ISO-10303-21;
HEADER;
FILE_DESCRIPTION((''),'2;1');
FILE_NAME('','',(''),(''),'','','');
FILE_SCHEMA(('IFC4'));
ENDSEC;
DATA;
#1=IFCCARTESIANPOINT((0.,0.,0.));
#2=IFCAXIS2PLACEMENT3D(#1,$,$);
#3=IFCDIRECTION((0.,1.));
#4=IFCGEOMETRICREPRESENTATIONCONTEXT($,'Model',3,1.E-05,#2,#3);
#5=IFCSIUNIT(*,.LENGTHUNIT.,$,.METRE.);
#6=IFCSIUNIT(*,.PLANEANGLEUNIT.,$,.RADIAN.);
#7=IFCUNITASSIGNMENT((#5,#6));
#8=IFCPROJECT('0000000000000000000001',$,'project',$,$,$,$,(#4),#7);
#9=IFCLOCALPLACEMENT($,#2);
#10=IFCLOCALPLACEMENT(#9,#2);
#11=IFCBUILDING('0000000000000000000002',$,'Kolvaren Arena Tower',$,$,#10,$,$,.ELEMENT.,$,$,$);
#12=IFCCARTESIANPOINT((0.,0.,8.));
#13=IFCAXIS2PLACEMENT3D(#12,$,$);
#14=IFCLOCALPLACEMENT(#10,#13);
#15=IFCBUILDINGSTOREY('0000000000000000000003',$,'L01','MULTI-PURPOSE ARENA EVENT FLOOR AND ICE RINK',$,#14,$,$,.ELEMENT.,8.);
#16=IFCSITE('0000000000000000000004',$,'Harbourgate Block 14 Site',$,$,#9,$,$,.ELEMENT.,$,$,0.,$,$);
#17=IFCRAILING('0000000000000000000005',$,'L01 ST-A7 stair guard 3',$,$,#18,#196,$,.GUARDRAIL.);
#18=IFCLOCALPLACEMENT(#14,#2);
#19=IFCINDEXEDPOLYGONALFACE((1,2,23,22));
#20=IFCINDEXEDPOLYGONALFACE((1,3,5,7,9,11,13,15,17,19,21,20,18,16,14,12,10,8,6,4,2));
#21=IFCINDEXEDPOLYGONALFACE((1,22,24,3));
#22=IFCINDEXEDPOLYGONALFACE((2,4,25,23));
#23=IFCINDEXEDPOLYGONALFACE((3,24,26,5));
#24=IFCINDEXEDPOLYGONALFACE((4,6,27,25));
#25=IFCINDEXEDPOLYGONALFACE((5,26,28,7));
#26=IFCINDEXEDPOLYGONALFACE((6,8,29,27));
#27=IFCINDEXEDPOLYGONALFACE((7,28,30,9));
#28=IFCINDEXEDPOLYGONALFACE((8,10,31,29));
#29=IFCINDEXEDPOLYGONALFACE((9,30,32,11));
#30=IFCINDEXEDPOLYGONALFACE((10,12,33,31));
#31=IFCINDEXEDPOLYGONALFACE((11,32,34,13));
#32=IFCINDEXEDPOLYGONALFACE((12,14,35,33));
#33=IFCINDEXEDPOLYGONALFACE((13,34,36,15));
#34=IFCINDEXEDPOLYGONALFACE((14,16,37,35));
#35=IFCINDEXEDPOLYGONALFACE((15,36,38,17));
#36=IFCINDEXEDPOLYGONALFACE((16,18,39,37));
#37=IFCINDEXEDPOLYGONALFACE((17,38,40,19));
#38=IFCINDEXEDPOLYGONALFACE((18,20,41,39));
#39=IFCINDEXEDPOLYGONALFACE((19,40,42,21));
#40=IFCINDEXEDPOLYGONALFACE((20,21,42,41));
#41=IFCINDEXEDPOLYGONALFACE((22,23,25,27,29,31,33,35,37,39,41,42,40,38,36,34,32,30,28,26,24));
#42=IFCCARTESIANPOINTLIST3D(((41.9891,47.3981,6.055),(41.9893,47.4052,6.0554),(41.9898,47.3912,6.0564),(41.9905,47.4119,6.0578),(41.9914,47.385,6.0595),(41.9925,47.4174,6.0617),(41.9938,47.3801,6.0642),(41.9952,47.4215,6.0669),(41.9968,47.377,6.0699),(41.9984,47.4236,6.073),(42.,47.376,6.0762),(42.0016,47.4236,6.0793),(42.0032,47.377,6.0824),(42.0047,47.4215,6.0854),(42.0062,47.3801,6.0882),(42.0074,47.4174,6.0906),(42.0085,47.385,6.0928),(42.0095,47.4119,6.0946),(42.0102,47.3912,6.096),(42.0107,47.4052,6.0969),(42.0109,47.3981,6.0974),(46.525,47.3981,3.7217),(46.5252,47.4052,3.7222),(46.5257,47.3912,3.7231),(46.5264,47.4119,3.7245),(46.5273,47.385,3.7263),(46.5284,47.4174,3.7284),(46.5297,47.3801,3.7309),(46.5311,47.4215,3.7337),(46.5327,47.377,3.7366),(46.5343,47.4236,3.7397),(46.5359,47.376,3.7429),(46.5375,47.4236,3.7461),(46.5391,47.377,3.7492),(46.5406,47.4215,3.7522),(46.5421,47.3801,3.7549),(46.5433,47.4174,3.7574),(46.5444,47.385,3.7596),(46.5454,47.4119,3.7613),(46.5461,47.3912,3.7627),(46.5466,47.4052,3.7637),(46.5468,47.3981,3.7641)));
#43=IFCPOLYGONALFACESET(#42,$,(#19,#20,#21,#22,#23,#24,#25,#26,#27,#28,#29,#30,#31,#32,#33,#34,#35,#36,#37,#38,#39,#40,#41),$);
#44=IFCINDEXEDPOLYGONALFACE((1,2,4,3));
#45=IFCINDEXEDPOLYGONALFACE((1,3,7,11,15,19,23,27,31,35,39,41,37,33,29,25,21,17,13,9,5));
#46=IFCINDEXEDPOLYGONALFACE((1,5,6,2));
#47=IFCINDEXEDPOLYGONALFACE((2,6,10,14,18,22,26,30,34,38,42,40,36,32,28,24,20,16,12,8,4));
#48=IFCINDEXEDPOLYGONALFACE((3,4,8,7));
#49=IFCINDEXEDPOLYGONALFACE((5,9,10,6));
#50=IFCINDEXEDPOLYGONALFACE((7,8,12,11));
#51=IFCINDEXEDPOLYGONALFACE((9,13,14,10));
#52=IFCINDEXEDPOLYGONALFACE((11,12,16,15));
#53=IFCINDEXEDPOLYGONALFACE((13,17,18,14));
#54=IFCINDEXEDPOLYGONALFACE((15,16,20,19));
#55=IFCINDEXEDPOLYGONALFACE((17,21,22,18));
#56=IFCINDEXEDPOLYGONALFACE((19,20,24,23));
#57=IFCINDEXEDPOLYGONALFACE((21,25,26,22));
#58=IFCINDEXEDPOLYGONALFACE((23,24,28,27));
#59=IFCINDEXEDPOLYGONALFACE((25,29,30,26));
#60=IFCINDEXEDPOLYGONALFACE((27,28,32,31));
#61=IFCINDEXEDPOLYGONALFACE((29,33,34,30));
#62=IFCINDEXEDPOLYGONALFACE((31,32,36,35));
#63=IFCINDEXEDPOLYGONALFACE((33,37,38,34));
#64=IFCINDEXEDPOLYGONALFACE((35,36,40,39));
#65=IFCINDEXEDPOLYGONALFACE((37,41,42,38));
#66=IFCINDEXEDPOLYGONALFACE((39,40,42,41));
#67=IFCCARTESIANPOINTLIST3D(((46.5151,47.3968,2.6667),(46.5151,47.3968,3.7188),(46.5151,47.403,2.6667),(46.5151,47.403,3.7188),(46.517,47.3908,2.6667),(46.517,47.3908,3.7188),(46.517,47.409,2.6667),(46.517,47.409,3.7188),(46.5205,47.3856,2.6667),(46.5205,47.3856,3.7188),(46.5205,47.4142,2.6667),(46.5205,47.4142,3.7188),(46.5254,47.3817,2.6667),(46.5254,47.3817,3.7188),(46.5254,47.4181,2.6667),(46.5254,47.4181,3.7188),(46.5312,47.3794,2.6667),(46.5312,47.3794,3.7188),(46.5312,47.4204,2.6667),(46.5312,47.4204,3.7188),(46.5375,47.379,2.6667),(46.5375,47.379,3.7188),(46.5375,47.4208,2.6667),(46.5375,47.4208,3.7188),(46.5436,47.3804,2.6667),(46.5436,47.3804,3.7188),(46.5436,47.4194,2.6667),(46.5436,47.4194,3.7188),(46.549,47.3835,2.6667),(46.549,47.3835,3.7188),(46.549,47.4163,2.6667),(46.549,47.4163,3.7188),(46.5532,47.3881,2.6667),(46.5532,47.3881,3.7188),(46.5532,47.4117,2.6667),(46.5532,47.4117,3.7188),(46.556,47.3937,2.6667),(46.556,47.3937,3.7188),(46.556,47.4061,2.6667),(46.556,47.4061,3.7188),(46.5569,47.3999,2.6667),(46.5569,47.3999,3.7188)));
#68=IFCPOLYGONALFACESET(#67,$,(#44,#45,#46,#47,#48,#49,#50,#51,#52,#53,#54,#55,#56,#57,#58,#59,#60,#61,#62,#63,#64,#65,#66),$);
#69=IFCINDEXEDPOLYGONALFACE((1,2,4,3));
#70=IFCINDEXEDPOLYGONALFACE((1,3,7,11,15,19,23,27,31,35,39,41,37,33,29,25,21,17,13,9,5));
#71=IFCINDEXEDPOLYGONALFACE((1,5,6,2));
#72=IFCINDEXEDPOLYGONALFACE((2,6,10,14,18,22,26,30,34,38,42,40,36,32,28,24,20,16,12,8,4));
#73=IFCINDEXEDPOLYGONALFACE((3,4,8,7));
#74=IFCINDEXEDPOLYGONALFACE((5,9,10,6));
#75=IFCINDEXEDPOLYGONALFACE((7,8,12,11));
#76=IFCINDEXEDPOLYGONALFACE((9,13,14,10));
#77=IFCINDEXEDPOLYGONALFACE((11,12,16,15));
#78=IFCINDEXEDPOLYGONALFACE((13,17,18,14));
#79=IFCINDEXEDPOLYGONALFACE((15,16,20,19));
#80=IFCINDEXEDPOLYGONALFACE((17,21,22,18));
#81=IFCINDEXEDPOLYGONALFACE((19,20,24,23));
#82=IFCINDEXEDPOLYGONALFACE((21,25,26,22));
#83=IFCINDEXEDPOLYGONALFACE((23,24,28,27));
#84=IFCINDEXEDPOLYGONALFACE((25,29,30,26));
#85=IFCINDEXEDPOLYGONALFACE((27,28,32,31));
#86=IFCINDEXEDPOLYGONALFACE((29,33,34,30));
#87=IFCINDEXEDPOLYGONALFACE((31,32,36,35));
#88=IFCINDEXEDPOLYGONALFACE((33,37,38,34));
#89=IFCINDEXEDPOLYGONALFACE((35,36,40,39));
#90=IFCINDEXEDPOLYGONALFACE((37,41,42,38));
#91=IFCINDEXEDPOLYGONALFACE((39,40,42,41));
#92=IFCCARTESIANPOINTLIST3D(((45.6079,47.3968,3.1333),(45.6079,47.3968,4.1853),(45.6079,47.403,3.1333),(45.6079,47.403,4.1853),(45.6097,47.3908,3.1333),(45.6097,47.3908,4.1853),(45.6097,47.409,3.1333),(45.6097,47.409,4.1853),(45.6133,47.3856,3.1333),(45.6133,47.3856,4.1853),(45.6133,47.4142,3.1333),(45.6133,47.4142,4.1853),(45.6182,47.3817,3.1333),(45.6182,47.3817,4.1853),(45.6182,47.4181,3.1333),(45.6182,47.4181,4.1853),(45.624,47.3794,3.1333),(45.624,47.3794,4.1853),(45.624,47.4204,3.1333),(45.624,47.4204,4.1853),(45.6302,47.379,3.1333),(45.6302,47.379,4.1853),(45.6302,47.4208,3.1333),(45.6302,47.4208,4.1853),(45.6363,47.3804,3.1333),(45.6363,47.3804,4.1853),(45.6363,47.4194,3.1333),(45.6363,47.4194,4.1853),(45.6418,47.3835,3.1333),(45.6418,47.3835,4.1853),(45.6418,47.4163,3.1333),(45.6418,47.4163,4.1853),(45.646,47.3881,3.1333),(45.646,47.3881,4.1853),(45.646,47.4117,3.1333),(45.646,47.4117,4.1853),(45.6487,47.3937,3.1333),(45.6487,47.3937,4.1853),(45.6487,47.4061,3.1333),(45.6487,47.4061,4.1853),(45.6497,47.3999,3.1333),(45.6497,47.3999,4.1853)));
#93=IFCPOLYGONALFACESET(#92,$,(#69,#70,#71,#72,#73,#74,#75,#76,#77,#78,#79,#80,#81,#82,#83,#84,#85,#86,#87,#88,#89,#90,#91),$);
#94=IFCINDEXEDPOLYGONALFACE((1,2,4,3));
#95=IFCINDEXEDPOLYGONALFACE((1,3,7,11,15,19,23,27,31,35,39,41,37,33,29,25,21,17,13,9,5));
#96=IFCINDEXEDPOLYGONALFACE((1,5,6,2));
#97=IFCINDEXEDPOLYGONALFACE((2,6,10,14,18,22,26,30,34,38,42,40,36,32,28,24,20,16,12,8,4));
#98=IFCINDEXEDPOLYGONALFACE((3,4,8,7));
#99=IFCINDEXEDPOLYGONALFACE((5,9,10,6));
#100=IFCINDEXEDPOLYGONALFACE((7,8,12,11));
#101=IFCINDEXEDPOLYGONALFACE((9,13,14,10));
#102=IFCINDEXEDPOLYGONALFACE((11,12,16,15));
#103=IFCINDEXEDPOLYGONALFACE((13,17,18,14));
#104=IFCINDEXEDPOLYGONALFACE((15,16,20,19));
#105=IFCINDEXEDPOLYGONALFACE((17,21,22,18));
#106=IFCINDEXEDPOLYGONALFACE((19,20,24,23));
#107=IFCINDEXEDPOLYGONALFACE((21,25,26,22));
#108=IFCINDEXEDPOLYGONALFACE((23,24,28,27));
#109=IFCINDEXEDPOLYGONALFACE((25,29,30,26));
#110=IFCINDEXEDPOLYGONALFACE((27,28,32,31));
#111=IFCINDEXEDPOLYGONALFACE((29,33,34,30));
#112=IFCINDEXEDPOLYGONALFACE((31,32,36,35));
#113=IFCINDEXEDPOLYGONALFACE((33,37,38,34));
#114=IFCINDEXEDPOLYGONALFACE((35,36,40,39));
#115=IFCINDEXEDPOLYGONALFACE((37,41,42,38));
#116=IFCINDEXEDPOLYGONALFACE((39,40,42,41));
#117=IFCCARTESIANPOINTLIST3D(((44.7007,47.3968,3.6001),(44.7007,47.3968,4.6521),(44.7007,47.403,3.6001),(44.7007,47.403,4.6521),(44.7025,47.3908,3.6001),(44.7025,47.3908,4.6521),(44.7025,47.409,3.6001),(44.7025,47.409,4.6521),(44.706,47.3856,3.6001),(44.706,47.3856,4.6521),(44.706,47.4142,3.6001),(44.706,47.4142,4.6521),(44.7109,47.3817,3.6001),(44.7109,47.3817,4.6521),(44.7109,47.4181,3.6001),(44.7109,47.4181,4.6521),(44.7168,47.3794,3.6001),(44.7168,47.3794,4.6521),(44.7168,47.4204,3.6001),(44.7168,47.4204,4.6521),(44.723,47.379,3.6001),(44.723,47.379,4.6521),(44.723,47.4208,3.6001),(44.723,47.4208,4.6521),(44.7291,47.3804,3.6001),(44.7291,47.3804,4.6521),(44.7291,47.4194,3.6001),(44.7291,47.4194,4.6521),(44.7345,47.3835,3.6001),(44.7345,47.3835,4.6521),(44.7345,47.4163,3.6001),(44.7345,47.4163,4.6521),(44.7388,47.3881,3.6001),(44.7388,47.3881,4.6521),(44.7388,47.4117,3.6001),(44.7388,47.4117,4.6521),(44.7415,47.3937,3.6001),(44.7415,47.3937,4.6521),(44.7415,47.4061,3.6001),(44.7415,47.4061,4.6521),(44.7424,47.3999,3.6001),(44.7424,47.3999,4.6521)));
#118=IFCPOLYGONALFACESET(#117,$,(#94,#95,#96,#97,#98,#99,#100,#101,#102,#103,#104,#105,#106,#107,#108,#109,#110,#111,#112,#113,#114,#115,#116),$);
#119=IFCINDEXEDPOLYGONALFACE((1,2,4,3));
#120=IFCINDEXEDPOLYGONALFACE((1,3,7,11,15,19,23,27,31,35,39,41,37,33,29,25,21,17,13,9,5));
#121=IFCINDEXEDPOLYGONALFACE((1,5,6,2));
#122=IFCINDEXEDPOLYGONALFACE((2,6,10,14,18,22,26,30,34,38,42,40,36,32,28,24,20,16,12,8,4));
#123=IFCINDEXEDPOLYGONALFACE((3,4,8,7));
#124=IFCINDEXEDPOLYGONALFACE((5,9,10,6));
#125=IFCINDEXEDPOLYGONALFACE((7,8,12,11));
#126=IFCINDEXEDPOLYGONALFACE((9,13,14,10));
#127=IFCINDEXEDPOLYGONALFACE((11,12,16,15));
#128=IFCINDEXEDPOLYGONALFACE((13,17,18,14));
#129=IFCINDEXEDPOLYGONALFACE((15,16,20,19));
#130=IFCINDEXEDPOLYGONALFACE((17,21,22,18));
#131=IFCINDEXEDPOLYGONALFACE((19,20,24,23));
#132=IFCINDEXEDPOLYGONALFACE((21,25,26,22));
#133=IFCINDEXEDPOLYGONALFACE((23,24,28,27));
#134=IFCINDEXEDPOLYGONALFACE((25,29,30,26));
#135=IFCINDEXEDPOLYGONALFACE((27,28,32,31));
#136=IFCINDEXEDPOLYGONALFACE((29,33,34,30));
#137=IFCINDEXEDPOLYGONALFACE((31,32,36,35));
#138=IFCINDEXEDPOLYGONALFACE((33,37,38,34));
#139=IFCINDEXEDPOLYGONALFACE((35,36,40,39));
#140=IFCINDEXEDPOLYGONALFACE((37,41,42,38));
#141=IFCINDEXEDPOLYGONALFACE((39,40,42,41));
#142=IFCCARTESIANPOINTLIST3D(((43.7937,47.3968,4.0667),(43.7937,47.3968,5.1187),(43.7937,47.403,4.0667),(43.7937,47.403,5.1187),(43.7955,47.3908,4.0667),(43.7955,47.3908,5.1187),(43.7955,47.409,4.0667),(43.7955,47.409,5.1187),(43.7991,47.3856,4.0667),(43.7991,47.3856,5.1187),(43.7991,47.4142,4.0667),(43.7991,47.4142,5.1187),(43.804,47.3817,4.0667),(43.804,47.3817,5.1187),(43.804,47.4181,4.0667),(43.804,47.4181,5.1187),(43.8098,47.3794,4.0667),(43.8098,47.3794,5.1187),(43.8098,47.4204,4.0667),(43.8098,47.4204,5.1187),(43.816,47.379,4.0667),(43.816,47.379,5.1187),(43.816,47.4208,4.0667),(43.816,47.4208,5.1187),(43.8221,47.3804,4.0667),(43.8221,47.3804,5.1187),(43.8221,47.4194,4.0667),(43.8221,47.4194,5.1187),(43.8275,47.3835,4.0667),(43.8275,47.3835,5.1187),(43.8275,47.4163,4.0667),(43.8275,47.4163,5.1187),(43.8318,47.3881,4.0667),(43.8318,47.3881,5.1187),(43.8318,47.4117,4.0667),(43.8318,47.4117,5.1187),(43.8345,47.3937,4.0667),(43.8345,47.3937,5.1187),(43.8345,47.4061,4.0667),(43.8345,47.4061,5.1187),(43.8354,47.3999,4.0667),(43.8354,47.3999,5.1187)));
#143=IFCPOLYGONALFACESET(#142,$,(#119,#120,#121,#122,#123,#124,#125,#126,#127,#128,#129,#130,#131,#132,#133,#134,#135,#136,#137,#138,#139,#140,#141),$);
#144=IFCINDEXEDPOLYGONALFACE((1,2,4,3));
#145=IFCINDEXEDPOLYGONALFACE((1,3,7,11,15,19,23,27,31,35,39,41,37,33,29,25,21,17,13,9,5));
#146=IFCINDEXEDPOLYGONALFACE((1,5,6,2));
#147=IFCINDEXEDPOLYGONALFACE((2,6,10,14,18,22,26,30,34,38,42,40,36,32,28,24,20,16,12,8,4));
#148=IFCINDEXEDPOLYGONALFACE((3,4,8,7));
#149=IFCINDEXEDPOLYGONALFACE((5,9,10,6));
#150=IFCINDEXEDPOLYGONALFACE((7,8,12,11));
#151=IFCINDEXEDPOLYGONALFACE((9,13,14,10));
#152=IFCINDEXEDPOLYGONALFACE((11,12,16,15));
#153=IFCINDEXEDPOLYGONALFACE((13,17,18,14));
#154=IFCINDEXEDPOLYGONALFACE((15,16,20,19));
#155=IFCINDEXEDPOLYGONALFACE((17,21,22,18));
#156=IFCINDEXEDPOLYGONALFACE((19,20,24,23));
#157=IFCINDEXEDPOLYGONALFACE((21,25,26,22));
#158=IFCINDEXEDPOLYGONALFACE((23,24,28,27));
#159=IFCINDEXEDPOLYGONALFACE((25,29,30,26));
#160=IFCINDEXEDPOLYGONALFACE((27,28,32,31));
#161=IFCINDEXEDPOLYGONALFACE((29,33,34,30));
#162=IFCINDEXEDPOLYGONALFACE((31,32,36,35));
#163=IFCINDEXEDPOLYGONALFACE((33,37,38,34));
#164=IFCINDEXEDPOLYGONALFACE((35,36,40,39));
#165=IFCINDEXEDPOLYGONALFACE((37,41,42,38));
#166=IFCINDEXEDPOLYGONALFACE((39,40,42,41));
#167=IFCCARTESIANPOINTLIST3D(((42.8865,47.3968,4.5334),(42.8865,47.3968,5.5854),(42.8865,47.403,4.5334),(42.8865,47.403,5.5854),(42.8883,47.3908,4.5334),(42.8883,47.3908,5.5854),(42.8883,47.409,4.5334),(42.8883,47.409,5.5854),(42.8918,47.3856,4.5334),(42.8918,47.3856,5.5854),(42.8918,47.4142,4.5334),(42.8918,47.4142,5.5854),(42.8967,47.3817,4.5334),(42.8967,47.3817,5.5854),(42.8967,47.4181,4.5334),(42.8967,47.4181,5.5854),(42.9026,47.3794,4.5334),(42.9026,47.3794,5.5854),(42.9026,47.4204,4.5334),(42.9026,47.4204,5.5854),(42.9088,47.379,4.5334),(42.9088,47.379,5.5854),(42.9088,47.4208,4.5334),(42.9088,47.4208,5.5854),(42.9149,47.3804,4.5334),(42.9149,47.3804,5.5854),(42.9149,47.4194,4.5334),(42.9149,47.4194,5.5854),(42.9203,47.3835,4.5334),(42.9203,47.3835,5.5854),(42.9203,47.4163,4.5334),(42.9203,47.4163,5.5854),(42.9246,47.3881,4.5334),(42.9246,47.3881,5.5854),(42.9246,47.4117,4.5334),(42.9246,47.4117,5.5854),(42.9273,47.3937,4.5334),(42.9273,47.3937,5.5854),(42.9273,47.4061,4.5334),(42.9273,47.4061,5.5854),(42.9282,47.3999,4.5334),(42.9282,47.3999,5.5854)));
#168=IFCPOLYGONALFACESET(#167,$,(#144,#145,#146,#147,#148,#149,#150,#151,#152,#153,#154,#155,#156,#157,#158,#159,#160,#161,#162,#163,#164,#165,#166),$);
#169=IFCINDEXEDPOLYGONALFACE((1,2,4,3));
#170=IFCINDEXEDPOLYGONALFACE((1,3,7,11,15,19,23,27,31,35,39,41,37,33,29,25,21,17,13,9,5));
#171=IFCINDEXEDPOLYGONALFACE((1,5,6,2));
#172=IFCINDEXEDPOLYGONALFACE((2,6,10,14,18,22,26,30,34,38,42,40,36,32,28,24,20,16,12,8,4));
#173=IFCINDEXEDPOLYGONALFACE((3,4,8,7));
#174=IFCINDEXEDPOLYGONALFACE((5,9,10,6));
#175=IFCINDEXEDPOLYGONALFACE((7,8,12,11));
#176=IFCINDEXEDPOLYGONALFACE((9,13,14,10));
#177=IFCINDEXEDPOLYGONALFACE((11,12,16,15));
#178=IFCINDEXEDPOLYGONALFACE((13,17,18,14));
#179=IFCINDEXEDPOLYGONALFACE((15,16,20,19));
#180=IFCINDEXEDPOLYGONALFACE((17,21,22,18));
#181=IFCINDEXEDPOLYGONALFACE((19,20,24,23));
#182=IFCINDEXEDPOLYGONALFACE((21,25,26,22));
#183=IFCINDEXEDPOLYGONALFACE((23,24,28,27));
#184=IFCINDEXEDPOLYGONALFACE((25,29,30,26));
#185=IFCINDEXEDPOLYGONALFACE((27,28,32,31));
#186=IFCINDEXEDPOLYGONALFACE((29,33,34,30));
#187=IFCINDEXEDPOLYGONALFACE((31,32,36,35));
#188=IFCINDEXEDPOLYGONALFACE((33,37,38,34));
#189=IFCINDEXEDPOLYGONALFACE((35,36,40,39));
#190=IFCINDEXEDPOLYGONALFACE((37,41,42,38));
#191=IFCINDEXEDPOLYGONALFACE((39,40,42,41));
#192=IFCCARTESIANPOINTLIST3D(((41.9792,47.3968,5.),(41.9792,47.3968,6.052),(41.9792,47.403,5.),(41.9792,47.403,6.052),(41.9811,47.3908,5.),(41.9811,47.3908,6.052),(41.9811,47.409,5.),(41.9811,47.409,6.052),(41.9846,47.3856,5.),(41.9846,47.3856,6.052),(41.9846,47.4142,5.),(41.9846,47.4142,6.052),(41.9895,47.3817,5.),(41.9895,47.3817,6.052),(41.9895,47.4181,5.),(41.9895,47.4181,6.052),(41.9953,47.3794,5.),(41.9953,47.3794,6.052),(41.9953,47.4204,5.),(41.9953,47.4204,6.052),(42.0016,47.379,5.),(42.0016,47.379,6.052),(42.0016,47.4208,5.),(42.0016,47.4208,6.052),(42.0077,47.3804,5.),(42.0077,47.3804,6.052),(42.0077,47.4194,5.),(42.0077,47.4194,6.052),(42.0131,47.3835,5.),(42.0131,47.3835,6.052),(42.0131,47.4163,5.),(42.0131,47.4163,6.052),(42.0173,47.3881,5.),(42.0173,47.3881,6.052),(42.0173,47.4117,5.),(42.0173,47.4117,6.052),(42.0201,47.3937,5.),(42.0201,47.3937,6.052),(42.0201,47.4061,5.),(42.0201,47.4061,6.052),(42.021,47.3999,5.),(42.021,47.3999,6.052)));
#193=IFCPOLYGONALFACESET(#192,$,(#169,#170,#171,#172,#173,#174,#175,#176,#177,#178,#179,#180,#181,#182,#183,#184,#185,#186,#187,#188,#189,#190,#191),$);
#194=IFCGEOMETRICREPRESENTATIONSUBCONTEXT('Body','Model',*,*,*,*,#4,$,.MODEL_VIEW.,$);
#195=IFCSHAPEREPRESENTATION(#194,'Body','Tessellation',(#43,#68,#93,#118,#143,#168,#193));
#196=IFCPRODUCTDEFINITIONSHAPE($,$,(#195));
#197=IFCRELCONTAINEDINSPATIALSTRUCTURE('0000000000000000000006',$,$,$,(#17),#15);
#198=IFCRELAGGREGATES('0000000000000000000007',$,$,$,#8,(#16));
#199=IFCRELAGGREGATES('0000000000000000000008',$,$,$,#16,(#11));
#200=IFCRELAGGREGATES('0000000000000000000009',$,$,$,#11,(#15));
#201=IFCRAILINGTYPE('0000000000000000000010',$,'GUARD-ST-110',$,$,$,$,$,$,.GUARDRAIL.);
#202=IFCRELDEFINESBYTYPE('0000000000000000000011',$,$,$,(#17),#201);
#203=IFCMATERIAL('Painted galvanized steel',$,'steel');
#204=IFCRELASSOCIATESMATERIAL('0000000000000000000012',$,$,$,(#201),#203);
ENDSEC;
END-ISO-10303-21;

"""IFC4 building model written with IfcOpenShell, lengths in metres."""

from ifc_helpers import new_model, si_unit, direction, frame, origin, origin_2d, place, context, subcontext, project, spatial, circle, extrude, material, type_object, element, save


model = new_model("IFC4")

# Units and contexts
model_context = context("Model", 3, precision=1e-05, world=origin(), true_north=direction((0.0, 1.0)))
body_context = subcontext(model_context, "Body", "Model", "MODEL_VIEW")
ifc_project = project(units=[si_unit("LENGTHUNIT", "METRE"), si_unit("PLANEANGLEUNIT", "RADIAN")], contexts=[model_context])

# Site, building, storey
site_placement = place(None, origin())
site = spatial("IfcSite", under=ifc_project, at=site_placement, Name="Harbourgate Block 14 Site", CompositionType="ELEMENT", RefElevation=0.0)
building_placement = place(site_placement, origin())
building = spatial("IfcBuilding", under=site, at=building_placement, Name="Kolvaren Arena Tower", CompositionType="ELEMENT")
storey_placement = place(building_placement, frame((0.0, 0.0, 8.0)))
storey = spatial("IfcBuildingStorey", under=building, at=storey_placement, Name="L01", Description="MULTI-PURPOSE ARENA EVENT FLOOR AND ICE RINK", CompositionType="ELEMENT", Elevation=8.0)

# Railing
ifc_material_1 = material(Name="Painted galvanized steel", Category="steel")
railing_type_1 = type_object("IfcRailingType", Name="GUARD-ST-110", PredefinedType="GUARDRAIL", material=ifc_material_1)
railing_1_placement = place(storey_placement, frame((46.5359, 47.3999, 2.6667)))
element("IfcRailing", 1, at=railing_1_placement, inside=storey, type_object=railing_type_1, Name="L01 ST-A7 stair guard 3", PredefinedType="GUARDRAIL", context=body_context, shape_type="SweptSolid", body=[
    extrude(circle(Radius=0.0239, at=origin_2d()), frame((0.0, 0.0, 1.0762), z_axis=(-0.889247, 0.0, 0.457427), x_axis=(0.0, -1.0, 0.0)), (0.0, 0.0, 1.0), 5.1008),
    extrude(circle(Radius=0.021, at=origin_2d()), origin(), (0.0, 0.0, 1.0), 1.052),
    extrude(circle(Radius=0.021, at=origin_2d()), frame((-0.9072, 0.0, 0.4666)), (0.0, 0.0, 1.0), 1.052),
    extrude(circle(Radius=0.021, at=origin_2d()), frame((-1.8145, 0.0, 0.9333)), (0.0, 0.0, 1.0), 1.052),
    extrude(circle(Radius=0.021, at=origin_2d()), frame((-2.7214, 0.0, 1.3999)), (0.0, 0.0, 1.0), 1.052),
    extrude(circle(Radius=0.021, at=origin_2d()), frame((-3.6287, 0.0, 1.8667)), (0.0, 0.0, 1.0), 1.052),
    extrude(circle(Radius=0.021, at=origin_2d()), frame((-4.5359, 0.0, 2.3333)), (0.0, 0.0, 1.0), 1.052),
])

save(model, "model.ifc")
